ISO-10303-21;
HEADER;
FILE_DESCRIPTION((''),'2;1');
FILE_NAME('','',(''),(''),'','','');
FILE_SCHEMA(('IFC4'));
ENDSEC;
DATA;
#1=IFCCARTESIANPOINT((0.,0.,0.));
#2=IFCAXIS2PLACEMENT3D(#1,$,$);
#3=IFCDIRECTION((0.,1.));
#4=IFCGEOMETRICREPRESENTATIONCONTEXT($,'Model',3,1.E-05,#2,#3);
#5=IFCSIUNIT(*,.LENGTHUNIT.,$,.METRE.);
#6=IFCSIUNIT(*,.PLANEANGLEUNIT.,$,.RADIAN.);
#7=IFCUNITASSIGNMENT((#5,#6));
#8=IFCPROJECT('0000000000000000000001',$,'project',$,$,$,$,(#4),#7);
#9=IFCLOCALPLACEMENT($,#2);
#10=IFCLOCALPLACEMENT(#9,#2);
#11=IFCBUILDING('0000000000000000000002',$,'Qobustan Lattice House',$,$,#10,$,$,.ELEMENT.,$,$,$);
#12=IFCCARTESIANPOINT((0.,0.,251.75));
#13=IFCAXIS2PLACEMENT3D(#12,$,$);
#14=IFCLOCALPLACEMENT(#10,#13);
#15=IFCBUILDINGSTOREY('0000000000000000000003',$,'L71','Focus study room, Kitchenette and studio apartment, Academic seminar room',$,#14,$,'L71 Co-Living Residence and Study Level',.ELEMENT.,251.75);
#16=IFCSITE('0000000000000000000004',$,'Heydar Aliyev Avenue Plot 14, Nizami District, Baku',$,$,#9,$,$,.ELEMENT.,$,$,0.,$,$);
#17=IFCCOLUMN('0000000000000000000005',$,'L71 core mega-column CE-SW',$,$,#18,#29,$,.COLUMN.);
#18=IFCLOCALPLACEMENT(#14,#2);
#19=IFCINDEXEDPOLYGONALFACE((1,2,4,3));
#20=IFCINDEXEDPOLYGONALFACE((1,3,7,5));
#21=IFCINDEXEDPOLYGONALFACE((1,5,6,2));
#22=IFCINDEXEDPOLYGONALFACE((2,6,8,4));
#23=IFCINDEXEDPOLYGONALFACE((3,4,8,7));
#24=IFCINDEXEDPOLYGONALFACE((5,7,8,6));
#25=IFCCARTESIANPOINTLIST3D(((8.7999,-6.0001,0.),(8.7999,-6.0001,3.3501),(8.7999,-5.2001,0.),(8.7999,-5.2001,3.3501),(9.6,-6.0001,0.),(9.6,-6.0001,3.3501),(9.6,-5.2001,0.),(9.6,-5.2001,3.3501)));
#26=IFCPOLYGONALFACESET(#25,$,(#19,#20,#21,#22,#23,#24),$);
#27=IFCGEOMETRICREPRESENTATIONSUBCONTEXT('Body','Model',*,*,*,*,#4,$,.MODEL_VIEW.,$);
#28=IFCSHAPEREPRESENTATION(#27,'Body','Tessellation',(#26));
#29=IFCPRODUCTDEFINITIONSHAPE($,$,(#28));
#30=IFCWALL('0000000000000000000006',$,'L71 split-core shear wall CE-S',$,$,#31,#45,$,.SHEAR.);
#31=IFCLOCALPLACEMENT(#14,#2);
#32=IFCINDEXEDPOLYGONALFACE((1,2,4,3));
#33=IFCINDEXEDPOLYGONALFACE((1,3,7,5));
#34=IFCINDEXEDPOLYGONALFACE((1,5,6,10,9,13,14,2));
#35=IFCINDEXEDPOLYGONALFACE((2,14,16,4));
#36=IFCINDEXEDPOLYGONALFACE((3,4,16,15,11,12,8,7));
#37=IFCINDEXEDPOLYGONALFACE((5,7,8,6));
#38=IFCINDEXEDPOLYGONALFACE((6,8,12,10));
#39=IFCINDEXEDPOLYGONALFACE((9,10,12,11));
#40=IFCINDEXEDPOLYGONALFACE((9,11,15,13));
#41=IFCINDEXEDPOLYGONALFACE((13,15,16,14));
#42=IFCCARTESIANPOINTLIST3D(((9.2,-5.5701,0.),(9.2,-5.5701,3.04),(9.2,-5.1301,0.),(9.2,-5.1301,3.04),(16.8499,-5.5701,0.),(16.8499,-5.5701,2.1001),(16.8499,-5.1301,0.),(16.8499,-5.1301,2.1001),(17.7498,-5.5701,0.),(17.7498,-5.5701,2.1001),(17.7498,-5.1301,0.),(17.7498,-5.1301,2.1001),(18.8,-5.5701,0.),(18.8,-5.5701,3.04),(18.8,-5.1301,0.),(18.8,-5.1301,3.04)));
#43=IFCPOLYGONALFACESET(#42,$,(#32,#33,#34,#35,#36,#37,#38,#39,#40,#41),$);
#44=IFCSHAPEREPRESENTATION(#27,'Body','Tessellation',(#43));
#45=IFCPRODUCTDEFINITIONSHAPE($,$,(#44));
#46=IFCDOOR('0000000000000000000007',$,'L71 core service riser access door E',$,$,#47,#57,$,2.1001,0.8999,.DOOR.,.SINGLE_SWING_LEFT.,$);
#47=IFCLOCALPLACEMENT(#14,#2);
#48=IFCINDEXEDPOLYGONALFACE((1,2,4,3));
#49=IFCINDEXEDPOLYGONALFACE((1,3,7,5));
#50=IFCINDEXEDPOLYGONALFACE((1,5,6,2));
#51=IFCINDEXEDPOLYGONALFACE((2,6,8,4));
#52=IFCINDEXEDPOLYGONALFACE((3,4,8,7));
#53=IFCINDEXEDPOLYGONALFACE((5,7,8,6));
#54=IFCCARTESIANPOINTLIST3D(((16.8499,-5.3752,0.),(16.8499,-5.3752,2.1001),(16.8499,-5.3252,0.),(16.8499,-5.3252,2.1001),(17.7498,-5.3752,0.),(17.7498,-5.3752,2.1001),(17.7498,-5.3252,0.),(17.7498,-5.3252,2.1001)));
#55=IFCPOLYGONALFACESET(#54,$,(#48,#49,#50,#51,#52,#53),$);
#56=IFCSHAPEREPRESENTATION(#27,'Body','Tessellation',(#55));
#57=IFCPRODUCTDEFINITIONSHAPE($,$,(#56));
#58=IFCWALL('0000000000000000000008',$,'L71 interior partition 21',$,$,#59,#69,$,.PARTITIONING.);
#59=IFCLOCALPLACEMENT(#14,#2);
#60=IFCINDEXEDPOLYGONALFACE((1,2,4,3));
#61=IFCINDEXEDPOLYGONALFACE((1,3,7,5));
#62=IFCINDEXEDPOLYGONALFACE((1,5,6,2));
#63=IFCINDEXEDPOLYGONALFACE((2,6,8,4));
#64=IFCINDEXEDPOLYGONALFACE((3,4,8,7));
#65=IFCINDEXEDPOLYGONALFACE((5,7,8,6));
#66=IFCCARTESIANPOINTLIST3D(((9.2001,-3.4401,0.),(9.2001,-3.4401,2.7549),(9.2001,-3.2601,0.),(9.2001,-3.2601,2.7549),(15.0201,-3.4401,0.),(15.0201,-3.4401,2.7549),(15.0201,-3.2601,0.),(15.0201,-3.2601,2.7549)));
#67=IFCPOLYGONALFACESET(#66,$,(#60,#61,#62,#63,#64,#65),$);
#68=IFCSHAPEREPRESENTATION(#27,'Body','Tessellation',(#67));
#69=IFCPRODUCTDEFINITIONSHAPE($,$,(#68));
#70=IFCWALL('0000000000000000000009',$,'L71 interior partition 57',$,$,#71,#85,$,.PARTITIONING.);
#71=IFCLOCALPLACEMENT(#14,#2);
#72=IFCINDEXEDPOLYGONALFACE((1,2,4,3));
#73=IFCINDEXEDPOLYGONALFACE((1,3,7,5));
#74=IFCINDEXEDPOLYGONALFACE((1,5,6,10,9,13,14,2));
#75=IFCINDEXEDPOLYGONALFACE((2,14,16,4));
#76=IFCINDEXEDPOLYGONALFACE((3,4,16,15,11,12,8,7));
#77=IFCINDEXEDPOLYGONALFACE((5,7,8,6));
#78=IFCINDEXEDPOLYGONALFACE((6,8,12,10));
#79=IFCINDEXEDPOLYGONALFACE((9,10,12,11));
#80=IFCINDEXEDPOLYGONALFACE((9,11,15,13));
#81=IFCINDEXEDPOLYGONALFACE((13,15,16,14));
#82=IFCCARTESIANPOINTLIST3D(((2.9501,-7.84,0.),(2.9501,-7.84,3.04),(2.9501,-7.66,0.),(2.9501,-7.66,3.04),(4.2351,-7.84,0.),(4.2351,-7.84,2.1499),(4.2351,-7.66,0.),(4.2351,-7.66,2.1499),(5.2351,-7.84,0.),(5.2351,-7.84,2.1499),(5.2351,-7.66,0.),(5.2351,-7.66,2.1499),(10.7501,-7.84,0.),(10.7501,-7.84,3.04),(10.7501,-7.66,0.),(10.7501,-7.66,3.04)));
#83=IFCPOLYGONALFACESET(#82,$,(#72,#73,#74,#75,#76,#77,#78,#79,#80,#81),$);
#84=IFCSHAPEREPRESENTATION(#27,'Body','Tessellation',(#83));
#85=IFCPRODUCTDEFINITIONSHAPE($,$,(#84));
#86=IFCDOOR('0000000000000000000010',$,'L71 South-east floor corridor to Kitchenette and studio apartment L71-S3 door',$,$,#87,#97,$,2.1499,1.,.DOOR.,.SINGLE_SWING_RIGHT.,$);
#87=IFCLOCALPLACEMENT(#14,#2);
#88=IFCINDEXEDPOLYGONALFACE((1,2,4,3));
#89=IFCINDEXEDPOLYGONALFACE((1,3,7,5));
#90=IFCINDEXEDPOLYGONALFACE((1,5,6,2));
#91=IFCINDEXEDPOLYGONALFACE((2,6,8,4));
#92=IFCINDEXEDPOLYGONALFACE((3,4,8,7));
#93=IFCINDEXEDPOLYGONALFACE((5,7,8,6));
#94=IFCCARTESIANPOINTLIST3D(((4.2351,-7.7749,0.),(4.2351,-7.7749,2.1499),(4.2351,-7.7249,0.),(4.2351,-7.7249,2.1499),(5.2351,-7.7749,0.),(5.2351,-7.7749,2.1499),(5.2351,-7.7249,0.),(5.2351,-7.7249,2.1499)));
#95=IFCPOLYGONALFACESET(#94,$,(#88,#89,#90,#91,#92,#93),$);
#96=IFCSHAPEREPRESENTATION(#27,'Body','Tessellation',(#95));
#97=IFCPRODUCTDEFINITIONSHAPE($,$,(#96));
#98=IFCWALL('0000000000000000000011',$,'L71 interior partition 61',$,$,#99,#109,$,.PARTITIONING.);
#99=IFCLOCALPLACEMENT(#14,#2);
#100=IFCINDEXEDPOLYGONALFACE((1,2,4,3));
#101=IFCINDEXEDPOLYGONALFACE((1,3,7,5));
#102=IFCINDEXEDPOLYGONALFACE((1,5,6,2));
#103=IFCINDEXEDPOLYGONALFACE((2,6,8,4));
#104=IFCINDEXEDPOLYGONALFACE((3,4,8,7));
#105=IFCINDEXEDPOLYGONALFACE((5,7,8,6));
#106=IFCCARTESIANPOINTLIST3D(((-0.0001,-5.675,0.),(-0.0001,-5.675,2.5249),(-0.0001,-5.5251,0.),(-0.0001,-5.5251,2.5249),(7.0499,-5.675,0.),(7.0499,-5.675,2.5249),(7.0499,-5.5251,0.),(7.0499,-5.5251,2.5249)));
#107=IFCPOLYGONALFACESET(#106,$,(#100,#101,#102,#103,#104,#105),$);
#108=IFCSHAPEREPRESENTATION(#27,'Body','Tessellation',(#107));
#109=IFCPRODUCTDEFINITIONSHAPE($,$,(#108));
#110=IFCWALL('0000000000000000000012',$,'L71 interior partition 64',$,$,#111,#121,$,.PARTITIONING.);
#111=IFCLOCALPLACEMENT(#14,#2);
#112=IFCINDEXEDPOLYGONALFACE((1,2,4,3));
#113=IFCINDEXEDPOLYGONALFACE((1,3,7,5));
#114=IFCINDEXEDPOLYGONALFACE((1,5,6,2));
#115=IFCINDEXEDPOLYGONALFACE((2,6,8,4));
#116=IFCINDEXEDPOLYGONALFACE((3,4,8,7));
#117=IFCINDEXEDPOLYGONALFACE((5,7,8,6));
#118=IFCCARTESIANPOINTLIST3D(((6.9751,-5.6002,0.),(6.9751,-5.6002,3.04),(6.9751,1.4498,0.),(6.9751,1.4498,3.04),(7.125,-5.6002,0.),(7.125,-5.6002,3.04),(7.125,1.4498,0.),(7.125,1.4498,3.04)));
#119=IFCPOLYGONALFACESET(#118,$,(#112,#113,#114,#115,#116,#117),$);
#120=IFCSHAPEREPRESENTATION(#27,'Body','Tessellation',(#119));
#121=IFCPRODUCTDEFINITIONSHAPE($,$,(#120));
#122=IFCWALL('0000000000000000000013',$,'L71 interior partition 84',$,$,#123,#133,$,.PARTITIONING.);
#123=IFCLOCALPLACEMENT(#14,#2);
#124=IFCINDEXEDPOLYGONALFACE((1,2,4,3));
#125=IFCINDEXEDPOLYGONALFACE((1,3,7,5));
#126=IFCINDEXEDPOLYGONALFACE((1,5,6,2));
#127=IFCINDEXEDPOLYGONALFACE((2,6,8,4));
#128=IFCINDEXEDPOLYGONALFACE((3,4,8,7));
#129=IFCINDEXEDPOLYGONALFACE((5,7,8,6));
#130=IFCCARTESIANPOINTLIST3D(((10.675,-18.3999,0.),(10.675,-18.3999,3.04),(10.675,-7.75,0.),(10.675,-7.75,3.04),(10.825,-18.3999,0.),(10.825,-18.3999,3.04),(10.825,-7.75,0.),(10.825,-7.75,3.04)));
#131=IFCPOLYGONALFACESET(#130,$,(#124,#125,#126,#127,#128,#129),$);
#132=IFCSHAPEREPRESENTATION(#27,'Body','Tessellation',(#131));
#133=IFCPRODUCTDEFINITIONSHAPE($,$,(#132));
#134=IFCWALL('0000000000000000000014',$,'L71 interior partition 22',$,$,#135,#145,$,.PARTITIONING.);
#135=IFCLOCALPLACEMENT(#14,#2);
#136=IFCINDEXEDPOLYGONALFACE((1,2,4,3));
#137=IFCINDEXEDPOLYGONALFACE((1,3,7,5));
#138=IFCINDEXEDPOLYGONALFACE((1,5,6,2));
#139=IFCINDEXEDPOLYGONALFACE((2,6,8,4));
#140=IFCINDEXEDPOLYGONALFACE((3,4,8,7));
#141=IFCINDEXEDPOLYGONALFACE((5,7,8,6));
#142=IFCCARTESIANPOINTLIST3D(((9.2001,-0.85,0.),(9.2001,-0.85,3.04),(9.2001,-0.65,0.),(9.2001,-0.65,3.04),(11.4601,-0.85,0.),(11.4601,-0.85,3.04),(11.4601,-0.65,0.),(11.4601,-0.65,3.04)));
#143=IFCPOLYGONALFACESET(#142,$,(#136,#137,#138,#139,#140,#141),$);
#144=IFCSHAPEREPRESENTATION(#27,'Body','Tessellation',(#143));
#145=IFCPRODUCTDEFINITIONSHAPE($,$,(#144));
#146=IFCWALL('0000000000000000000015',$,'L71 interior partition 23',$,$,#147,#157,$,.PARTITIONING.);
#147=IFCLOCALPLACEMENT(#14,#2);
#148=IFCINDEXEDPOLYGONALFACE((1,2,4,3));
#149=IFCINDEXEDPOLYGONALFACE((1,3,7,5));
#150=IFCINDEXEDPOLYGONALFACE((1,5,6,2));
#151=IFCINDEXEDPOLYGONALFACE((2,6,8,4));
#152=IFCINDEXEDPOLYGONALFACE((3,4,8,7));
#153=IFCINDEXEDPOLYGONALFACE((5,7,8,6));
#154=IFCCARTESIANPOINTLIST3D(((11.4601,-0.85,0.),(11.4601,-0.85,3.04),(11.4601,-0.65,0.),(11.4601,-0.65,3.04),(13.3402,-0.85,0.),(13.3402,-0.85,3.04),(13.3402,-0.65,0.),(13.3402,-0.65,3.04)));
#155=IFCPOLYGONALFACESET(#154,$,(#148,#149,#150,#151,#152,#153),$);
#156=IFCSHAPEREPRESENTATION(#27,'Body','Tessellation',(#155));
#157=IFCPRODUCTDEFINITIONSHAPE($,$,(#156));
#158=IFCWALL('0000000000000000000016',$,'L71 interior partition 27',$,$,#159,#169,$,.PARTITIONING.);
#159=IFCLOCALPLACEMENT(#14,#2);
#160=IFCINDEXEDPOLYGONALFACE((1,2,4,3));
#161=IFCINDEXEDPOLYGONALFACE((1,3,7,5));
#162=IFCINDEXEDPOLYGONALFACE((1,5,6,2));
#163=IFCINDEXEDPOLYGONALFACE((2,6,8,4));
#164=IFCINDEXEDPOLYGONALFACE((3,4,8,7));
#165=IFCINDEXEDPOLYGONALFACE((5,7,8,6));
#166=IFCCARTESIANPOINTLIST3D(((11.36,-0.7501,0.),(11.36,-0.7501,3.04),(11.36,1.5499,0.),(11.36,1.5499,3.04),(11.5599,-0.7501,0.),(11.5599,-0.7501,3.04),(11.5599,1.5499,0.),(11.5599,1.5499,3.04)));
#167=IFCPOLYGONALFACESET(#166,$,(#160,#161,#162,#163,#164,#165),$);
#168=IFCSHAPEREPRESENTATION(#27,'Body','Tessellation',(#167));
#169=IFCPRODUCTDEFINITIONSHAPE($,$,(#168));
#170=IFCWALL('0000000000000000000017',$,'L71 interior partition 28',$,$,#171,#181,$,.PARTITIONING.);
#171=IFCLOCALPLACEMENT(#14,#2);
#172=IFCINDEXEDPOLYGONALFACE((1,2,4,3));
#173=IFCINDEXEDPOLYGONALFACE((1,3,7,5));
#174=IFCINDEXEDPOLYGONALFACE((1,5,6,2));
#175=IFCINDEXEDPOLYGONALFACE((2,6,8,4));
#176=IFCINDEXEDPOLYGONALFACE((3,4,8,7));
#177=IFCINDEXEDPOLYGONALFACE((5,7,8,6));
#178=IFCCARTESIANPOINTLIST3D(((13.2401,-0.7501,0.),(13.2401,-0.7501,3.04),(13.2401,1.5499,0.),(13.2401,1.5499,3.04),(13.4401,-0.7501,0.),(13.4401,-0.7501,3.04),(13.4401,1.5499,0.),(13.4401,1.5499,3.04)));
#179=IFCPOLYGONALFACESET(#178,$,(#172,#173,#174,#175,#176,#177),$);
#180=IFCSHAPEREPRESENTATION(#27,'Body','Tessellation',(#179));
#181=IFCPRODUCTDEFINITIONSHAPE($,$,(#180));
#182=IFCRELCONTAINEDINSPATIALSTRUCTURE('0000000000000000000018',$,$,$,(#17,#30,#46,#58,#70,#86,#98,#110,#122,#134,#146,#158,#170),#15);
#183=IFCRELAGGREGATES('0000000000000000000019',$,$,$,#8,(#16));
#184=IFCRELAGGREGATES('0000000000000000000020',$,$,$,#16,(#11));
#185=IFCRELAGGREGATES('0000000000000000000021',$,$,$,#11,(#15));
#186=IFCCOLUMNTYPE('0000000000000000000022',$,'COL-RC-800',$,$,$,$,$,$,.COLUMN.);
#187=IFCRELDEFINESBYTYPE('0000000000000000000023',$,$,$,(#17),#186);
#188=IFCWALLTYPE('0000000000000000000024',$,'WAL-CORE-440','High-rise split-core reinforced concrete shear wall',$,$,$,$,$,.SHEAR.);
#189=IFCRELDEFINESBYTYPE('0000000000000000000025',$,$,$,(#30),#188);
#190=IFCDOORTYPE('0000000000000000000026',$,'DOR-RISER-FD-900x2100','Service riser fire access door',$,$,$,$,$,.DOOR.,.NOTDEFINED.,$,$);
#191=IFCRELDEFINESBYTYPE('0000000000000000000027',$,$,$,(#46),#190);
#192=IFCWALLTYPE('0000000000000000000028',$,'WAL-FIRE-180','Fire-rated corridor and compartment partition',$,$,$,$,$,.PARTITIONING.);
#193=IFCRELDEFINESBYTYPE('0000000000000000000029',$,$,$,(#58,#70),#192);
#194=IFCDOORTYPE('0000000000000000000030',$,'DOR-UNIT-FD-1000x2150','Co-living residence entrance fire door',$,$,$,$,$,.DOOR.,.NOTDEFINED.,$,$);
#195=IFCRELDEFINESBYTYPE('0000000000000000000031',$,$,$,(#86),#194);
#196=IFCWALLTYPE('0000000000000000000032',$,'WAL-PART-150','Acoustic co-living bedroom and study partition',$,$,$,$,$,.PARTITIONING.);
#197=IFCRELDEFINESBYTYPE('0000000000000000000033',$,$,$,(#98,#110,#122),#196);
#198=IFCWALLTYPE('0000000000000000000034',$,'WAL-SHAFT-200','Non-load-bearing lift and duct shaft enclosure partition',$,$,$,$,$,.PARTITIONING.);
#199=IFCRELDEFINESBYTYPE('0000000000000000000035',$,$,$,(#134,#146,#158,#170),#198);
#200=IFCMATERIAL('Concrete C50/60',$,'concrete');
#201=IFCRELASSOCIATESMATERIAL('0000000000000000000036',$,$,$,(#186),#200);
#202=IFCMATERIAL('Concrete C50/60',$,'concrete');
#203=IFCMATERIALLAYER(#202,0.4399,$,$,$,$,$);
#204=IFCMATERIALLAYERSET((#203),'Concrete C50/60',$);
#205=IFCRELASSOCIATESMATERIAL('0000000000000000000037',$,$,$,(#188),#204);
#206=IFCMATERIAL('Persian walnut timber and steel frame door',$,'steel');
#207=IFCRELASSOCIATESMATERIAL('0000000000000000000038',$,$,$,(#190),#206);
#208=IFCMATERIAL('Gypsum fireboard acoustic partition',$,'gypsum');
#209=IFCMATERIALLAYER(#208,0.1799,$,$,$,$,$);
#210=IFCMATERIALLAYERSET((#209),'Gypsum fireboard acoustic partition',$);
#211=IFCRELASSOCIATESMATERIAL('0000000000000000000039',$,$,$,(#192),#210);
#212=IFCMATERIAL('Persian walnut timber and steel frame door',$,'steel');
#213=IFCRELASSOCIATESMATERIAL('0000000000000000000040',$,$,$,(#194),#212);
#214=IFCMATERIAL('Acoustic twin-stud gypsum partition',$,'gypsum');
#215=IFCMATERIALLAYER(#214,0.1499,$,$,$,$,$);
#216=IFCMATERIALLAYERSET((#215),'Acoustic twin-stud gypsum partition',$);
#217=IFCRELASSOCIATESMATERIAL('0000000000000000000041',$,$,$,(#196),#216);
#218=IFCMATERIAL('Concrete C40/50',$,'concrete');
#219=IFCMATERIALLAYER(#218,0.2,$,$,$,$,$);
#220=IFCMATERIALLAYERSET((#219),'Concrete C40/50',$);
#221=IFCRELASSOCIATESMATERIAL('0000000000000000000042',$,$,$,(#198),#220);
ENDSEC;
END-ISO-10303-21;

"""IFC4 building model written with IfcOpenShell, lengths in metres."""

from ifc_helpers import new_model, si_unit, direction, frame, frame_2d, origin, origin_2d, place, context, subcontext, project, spatial, rectangle, extrude, material, layer, layer_set, material_profile, profile_set, type_object, element, fill, save


model = new_model("IFC4")

# Units and contexts
model_context = context("Model", 3, precision=1e-05, world=origin(), true_north=direction((0.0, 1.0)))
body_context = subcontext(model_context, "Body", "Model", "MODEL_VIEW")
ifc_project = project(units=[si_unit("LENGTHUNIT", "METRE"), si_unit("PLANEANGLEUNIT", "RADIAN")], contexts=[model_context])

# Site, building, storey
site_placement = place(None, origin())
site = spatial("IfcSite", under=ifc_project, at=site_placement, Name="Heydar Aliyev Avenue Plot 14, Nizami District, Baku", CompositionType="ELEMENT", RefElevation=0.0)
building_placement = place(site_placement, origin())
building = spatial("IfcBuilding", under=site, at=building_placement, Name="Qobustan Lattice House", CompositionType="ELEMENT")
storey_placement = place(building_placement, frame((0.0, 0.0, 251.75)))
storey = spatial("IfcBuildingStorey", under=building, at=storey_placement, Name="L71", Description="Focus study room, Kitchenette and studio apartment, Academic seminar room", LongName="L71 Co-Living Residence and Study Level", CompositionType="ELEMENT", Elevation=251.75)

# Column
ifc_material_1 = material(Name="Concrete C50/60", Category="concrete")
ifc_material_profile = material_profile(ifc_material_1, rectangle(XDim=0.8, YDim=0.8, at=origin_2d()), Name="RC800x800")
ifc_profile_set = profile_set([ifc_material_profile], Name="Concrete C50/60")
column_type = type_object("IfcColumnType", Name="COL-RC-800", PredefinedType="COLUMN", material=ifc_profile_set)
column_placement = place(storey_placement, frame((9.2, -5.6001, 0.0), z_axis=(0.0, 0.0, 1.0), x_axis=(1.0, 0.0, 0.0)))
element("IfcColumn", 1, at=column_placement, inside=storey, type_object=column_type, Name="L71 core mega-column CE-SW", PredefinedType="COLUMN", context=body_context, shape_type="SweptSolid", body=[
    extrude(rectangle(XDim=0.8, YDim=0.8, at=origin_2d()), origin(), (0.0, 0.0, 1.0), 3.3501),
])

# Wall, opening, door
ifc_material_2 = material(Name="Concrete C50/60", Category="concrete")
ifc_layer_1 = layer(ifc_material_2, 0.4399)
ifc_layer_set_1 = layer_set([ifc_layer_1], Name="Concrete C50/60")
wall_type_1 = type_object("IfcWallType", Name="WAL-CORE-440", Description="High-rise split-core reinforced concrete shear wall", PredefinedType="SHEAR", material=ifc_layer_set_1)
wall_1_placement = place(storey_placement, frame((9.2, -5.3501, 0.0), z_axis=(0.0, 0.0, 1.0), x_axis=(1.0, 0.0, 0.0)))
wall_1 = element("IfcWall", 2, at=wall_1_placement, inside=storey, type_object=wall_type_1, Name="L71 split-core shear wall CE-S", PredefinedType="SHEAR", context=body_context, shape_type="SweptSolid", body=[
    extrude(rectangle(XDim=9.6001, YDim=0.4399, at=frame_2d((4.8, 0.0))), origin(), (0.0, 0.0, 1.0), 3.04),
])
opening_1_placement = place(wall_1_placement, frame((7.6499, 0.0, 0.0)))
opening_1 = element("IfcOpeningElement", 3, at=opening_1_placement, cuts=wall_1, PredefinedType="OPENING", context=body_context, shape_type="SweptSolid", body=[
    extrude(rectangle(XDim=0.8999, YDim=2.1001, at=frame_2d((0.45, 1.05))), frame((0.0, 0.23, 0.0), z_axis=(0.0, -1.0, 0.0), x_axis=(1.0, 0.0, 0.0)), (0.0, 0.0, 1.0), 0.46),
])
ifc_material_3 = material(Name="Persian walnut timber and steel frame door", Category="steel")
door_type_1 = type_object("IfcDoorType", Name="DOR-RISER-FD-900x2100", Description="Service riser fire access door", OperationType="NOTDEFINED", PredefinedType="DOOR", material=ifc_material_3)
door_1_placement = place(opening_1_placement, origin())
door_1 = element("IfcDoor", 4, at=door_1_placement, inside=storey, type_object=door_type_1, Name="L71 core service riser access door E", OperationType="SINGLE_SWING_LEFT", OverallHeight=2.1001, OverallWidth=0.8999, PredefinedType="DOOR", context=body_context, shape_type="SweptSolid", body=[
    extrude(rectangle(XDim=0.8999, YDim=2.1001, at=frame_2d((0.45, 1.05))), frame((0.0, 0.0249, 0.0), z_axis=(0.0, -1.0, 0.0), x_axis=(1.0, 0.0, 0.0)), (0.0, 0.0, 1.0), 0.05),
])
fill(opening_1, door_1)

# Wall
ifc_material_4 = material(Name="Gypsum fireboard acoustic partition", Category="gypsum")
ifc_layer_2 = layer(ifc_material_4, 0.1799)
ifc_layer_set_2 = layer_set([ifc_layer_2], Name="Gypsum fireboard acoustic partition")
wall_type_2 = type_object("IfcWallType", Name="WAL-FIRE-180", Description="Fire-rated corridor and compartment partition", PredefinedType="PARTITIONING", material=ifc_layer_set_2)
wall_2_placement = place(storey_placement, frame((9.2, -3.3501, 0.0), z_axis=(0.0, 0.0, 1.0), x_axis=(1.0, 0.0, 0.0)))
element("IfcWall", 5, at=wall_2_placement, inside=storey, type_object=wall_type_2, Name="L71 interior partition 21", PredefinedType="PARTITIONING", context=body_context, shape_type="SweptSolid", body=[
    extrude(rectangle(XDim=5.8201, YDim=0.1799, at=frame_2d((2.9102, 0.0))), origin(), (0.0, 0.0, 1.0), 2.7549),
])

# Wall, opening, door
wall_3_placement = place(storey_placement, frame((10.75, -7.75, 0.0), z_axis=(0.0, 0.0, 1.0), x_axis=(-1.0, 0.0, 0.0)))
wall_3 = element("IfcWall", 6, at=wall_3_placement, inside=storey, type_object=wall_type_2, Name="L71 interior partition 57", PredefinedType="PARTITIONING", context=body_context, shape_type="SweptSolid", body=[
    extrude(rectangle(XDim=7.8, YDim=0.1799, at=frame_2d((3.8999, 0.0))), origin(), (0.0, 0.0, 1.0), 3.04),
])
opening_2_placement = place(wall_3_placement, frame((5.5149, 0.0, 0.0)))
opening_2 = element("IfcOpeningElement", 7, at=opening_2_placement, cuts=wall_3, PredefinedType="OPENING", context=body_context, shape_type="SweptSolid", body=[
    extrude(rectangle(XDim=1.0, YDim=2.1499, at=frame_2d((0.5, 1.075))), frame((0.0, 0.0999, 0.0), z_axis=(0.0, -1.0, 0.0), x_axis=(1.0, 0.0, 0.0)), (0.0, 0.0, 1.0), 0.2),
])
ifc_material_5 = material(Name="Persian walnut timber and steel frame door", Category="steel")
door_type_2 = type_object("IfcDoorType", Name="DOR-UNIT-FD-1000x2150", Description="Co-living residence entrance fire door", OperationType="NOTDEFINED", PredefinedType="DOOR", material=ifc_material_5)
door_2_placement = place(opening_2_placement, origin())
door_2 = element("IfcDoor", 8, at=door_2_placement, inside=storey, type_object=door_type_2, Name="L71 South-east floor corridor to Kitchenette and studio apartment L71-S3 door", OperationType="SINGLE_SWING_RIGHT", OverallHeight=2.1499, OverallWidth=1.0, PredefinedType="DOOR", context=body_context, shape_type="SweptSolid", body=[
    extrude(rectangle(XDim=1.0, YDim=2.1499, at=frame_2d((0.5, 1.075))), frame((0.0, 0.0249, 0.0), z_axis=(0.0, -1.0, 0.0), x_axis=(1.0, 0.0, 0.0)), (0.0, 0.0, 1.0), 0.05),
])
fill(opening_2, door_2)

# Walls
ifc_material_6 = material(Name="Acoustic twin-stud gypsum partition", Category="gypsum")
ifc_layer_3 = layer(ifc_material_6, 0.1499)
ifc_layer_set_3 = layer_set([ifc_layer_3], Name="Acoustic twin-stud gypsum partition")
wall_type_3 = type_object("IfcWallType", Name="WAL-PART-150", Description="Acoustic co-living bedroom and study partition", PredefinedType="PARTITIONING", material=ifc_layer_set_3)
wall_4_placement = place(storey_placement, frame((0.0, -5.6001, 0.0), z_axis=(0.0, 0.0, 1.0), x_axis=(1.0, 0.0, 0.0)))
element("IfcWall", 9, at=wall_4_placement, inside=storey, type_object=wall_type_3, Name="L71 interior partition 61", PredefinedType="PARTITIONING", context=body_context, shape_type="SweptSolid", body=[
    extrude(rectangle(XDim=7.05, YDim=0.1499, at=frame_2d((3.5249, 0.0))), origin(), (0.0, 0.0, 1.0), 2.5249),
])
wall_5_placement = place(storey_placement, frame((7.05, -5.6001, 0.0), z_axis=(0.0, 0.0, 1.0), x_axis=(0.0, 1.0, 0.0)))
element("IfcWall", 10, at=wall_5_placement, inside=storey, type_object=wall_type_3, Name="L71 interior partition 64", PredefinedType="PARTITIONING", context=body_context, shape_type="SweptSolid", body=[
    extrude(rectangle(XDim=7.05, YDim=0.1499, at=frame_2d((3.5249, 0.0))), origin(), (0.0, 0.0, 1.0), 3.04),
])
wall_6_placement = place(storey_placement, frame((10.75, -7.75, 0.0), z_axis=(0.0, 0.0, 1.0), x_axis=(0.0, -1.0, 0.0)))
element("IfcWall", 11, at=wall_6_placement, inside=storey, type_object=wall_type_3, Name="L71 interior partition 84", PredefinedType="PARTITIONING", context=body_context, shape_type="SweptSolid", body=[
    extrude(rectangle(XDim=10.6499, YDim=0.1499, at=frame_2d((5.325, 0.0))), origin(), (0.0, 0.0, 1.0), 3.04),
])
ifc_material_7 = material(Name="Concrete C40/50", Category="concrete")
ifc_layer_4 = layer(ifc_material_7, 0.2)
ifc_layer_set_4 = layer_set([ifc_layer_4], Name="Concrete C40/50")
wall_type_4 = type_object("IfcWallType", Name="WAL-SHAFT-200", Description="Non-load-bearing lift and duct shaft enclosure partition", PredefinedType="PARTITIONING", material=ifc_layer_set_4)
wall_7_placement = place(storey_placement, frame((11.46, -0.75, 0.0), z_axis=(0.0, 0.0, 1.0), x_axis=(-1.0, 0.0, 0.0)))
element("IfcWall", 12, at=wall_7_placement, inside=storey, type_object=wall_type_4, Name="L71 interior partition 22", PredefinedType="PARTITIONING", context=body_context, shape_type="SweptSolid", body=[
    extrude(rectangle(XDim=2.26, YDim=0.2, at=frame_2d((1.1299, 0.0))), origin(), (0.0, 0.0, 1.0), 3.04),
])
wall_8_placement = place(storey_placement, frame((13.3401, -0.75, 0.0), z_axis=(0.0, 0.0, 1.0), x_axis=(-1.0, 0.0, 0.0)))
element("IfcWall", 13, at=wall_8_placement, inside=storey, type_object=wall_type_4, Name="L71 interior partition 23", PredefinedType="PARTITIONING", context=body_context, shape_type="SweptSolid", body=[
    extrude(rectangle(XDim=1.8801, YDim=0.2, at=frame_2d((0.9399, 0.0))), origin(), (0.0, 0.0, 1.0), 3.04),
])
for number, where, z_axis, x_axis, name in (
    (14, (11.46, -0.75, 0.0), (0.0, 0.0, 1.0), (0.0, 1.0, 0.0), "L71 interior partition 27"),
    (15, (13.3401, -0.75, 0.0), (0.0, 0.0, 1.0), (0.0, 1.0, 0.0), "L71 interior partition 28"),
):
    element("IfcWall", number, at=place(storey_placement, frame(where, z_axis=z_axis, x_axis=x_axis)), inside=storey, type_object=wall_type_4, Name=name, PredefinedType="PARTITIONING", context=body_context, shape_type="SweptSolid", body=[
        extrude(rectangle(XDim=2.3, YDim=0.2, at=frame_2d((1.1499, 0.0))), origin(), (0.0, 0.0, 1.0), 3.04),
    ])

save(model, "model.ifc")
